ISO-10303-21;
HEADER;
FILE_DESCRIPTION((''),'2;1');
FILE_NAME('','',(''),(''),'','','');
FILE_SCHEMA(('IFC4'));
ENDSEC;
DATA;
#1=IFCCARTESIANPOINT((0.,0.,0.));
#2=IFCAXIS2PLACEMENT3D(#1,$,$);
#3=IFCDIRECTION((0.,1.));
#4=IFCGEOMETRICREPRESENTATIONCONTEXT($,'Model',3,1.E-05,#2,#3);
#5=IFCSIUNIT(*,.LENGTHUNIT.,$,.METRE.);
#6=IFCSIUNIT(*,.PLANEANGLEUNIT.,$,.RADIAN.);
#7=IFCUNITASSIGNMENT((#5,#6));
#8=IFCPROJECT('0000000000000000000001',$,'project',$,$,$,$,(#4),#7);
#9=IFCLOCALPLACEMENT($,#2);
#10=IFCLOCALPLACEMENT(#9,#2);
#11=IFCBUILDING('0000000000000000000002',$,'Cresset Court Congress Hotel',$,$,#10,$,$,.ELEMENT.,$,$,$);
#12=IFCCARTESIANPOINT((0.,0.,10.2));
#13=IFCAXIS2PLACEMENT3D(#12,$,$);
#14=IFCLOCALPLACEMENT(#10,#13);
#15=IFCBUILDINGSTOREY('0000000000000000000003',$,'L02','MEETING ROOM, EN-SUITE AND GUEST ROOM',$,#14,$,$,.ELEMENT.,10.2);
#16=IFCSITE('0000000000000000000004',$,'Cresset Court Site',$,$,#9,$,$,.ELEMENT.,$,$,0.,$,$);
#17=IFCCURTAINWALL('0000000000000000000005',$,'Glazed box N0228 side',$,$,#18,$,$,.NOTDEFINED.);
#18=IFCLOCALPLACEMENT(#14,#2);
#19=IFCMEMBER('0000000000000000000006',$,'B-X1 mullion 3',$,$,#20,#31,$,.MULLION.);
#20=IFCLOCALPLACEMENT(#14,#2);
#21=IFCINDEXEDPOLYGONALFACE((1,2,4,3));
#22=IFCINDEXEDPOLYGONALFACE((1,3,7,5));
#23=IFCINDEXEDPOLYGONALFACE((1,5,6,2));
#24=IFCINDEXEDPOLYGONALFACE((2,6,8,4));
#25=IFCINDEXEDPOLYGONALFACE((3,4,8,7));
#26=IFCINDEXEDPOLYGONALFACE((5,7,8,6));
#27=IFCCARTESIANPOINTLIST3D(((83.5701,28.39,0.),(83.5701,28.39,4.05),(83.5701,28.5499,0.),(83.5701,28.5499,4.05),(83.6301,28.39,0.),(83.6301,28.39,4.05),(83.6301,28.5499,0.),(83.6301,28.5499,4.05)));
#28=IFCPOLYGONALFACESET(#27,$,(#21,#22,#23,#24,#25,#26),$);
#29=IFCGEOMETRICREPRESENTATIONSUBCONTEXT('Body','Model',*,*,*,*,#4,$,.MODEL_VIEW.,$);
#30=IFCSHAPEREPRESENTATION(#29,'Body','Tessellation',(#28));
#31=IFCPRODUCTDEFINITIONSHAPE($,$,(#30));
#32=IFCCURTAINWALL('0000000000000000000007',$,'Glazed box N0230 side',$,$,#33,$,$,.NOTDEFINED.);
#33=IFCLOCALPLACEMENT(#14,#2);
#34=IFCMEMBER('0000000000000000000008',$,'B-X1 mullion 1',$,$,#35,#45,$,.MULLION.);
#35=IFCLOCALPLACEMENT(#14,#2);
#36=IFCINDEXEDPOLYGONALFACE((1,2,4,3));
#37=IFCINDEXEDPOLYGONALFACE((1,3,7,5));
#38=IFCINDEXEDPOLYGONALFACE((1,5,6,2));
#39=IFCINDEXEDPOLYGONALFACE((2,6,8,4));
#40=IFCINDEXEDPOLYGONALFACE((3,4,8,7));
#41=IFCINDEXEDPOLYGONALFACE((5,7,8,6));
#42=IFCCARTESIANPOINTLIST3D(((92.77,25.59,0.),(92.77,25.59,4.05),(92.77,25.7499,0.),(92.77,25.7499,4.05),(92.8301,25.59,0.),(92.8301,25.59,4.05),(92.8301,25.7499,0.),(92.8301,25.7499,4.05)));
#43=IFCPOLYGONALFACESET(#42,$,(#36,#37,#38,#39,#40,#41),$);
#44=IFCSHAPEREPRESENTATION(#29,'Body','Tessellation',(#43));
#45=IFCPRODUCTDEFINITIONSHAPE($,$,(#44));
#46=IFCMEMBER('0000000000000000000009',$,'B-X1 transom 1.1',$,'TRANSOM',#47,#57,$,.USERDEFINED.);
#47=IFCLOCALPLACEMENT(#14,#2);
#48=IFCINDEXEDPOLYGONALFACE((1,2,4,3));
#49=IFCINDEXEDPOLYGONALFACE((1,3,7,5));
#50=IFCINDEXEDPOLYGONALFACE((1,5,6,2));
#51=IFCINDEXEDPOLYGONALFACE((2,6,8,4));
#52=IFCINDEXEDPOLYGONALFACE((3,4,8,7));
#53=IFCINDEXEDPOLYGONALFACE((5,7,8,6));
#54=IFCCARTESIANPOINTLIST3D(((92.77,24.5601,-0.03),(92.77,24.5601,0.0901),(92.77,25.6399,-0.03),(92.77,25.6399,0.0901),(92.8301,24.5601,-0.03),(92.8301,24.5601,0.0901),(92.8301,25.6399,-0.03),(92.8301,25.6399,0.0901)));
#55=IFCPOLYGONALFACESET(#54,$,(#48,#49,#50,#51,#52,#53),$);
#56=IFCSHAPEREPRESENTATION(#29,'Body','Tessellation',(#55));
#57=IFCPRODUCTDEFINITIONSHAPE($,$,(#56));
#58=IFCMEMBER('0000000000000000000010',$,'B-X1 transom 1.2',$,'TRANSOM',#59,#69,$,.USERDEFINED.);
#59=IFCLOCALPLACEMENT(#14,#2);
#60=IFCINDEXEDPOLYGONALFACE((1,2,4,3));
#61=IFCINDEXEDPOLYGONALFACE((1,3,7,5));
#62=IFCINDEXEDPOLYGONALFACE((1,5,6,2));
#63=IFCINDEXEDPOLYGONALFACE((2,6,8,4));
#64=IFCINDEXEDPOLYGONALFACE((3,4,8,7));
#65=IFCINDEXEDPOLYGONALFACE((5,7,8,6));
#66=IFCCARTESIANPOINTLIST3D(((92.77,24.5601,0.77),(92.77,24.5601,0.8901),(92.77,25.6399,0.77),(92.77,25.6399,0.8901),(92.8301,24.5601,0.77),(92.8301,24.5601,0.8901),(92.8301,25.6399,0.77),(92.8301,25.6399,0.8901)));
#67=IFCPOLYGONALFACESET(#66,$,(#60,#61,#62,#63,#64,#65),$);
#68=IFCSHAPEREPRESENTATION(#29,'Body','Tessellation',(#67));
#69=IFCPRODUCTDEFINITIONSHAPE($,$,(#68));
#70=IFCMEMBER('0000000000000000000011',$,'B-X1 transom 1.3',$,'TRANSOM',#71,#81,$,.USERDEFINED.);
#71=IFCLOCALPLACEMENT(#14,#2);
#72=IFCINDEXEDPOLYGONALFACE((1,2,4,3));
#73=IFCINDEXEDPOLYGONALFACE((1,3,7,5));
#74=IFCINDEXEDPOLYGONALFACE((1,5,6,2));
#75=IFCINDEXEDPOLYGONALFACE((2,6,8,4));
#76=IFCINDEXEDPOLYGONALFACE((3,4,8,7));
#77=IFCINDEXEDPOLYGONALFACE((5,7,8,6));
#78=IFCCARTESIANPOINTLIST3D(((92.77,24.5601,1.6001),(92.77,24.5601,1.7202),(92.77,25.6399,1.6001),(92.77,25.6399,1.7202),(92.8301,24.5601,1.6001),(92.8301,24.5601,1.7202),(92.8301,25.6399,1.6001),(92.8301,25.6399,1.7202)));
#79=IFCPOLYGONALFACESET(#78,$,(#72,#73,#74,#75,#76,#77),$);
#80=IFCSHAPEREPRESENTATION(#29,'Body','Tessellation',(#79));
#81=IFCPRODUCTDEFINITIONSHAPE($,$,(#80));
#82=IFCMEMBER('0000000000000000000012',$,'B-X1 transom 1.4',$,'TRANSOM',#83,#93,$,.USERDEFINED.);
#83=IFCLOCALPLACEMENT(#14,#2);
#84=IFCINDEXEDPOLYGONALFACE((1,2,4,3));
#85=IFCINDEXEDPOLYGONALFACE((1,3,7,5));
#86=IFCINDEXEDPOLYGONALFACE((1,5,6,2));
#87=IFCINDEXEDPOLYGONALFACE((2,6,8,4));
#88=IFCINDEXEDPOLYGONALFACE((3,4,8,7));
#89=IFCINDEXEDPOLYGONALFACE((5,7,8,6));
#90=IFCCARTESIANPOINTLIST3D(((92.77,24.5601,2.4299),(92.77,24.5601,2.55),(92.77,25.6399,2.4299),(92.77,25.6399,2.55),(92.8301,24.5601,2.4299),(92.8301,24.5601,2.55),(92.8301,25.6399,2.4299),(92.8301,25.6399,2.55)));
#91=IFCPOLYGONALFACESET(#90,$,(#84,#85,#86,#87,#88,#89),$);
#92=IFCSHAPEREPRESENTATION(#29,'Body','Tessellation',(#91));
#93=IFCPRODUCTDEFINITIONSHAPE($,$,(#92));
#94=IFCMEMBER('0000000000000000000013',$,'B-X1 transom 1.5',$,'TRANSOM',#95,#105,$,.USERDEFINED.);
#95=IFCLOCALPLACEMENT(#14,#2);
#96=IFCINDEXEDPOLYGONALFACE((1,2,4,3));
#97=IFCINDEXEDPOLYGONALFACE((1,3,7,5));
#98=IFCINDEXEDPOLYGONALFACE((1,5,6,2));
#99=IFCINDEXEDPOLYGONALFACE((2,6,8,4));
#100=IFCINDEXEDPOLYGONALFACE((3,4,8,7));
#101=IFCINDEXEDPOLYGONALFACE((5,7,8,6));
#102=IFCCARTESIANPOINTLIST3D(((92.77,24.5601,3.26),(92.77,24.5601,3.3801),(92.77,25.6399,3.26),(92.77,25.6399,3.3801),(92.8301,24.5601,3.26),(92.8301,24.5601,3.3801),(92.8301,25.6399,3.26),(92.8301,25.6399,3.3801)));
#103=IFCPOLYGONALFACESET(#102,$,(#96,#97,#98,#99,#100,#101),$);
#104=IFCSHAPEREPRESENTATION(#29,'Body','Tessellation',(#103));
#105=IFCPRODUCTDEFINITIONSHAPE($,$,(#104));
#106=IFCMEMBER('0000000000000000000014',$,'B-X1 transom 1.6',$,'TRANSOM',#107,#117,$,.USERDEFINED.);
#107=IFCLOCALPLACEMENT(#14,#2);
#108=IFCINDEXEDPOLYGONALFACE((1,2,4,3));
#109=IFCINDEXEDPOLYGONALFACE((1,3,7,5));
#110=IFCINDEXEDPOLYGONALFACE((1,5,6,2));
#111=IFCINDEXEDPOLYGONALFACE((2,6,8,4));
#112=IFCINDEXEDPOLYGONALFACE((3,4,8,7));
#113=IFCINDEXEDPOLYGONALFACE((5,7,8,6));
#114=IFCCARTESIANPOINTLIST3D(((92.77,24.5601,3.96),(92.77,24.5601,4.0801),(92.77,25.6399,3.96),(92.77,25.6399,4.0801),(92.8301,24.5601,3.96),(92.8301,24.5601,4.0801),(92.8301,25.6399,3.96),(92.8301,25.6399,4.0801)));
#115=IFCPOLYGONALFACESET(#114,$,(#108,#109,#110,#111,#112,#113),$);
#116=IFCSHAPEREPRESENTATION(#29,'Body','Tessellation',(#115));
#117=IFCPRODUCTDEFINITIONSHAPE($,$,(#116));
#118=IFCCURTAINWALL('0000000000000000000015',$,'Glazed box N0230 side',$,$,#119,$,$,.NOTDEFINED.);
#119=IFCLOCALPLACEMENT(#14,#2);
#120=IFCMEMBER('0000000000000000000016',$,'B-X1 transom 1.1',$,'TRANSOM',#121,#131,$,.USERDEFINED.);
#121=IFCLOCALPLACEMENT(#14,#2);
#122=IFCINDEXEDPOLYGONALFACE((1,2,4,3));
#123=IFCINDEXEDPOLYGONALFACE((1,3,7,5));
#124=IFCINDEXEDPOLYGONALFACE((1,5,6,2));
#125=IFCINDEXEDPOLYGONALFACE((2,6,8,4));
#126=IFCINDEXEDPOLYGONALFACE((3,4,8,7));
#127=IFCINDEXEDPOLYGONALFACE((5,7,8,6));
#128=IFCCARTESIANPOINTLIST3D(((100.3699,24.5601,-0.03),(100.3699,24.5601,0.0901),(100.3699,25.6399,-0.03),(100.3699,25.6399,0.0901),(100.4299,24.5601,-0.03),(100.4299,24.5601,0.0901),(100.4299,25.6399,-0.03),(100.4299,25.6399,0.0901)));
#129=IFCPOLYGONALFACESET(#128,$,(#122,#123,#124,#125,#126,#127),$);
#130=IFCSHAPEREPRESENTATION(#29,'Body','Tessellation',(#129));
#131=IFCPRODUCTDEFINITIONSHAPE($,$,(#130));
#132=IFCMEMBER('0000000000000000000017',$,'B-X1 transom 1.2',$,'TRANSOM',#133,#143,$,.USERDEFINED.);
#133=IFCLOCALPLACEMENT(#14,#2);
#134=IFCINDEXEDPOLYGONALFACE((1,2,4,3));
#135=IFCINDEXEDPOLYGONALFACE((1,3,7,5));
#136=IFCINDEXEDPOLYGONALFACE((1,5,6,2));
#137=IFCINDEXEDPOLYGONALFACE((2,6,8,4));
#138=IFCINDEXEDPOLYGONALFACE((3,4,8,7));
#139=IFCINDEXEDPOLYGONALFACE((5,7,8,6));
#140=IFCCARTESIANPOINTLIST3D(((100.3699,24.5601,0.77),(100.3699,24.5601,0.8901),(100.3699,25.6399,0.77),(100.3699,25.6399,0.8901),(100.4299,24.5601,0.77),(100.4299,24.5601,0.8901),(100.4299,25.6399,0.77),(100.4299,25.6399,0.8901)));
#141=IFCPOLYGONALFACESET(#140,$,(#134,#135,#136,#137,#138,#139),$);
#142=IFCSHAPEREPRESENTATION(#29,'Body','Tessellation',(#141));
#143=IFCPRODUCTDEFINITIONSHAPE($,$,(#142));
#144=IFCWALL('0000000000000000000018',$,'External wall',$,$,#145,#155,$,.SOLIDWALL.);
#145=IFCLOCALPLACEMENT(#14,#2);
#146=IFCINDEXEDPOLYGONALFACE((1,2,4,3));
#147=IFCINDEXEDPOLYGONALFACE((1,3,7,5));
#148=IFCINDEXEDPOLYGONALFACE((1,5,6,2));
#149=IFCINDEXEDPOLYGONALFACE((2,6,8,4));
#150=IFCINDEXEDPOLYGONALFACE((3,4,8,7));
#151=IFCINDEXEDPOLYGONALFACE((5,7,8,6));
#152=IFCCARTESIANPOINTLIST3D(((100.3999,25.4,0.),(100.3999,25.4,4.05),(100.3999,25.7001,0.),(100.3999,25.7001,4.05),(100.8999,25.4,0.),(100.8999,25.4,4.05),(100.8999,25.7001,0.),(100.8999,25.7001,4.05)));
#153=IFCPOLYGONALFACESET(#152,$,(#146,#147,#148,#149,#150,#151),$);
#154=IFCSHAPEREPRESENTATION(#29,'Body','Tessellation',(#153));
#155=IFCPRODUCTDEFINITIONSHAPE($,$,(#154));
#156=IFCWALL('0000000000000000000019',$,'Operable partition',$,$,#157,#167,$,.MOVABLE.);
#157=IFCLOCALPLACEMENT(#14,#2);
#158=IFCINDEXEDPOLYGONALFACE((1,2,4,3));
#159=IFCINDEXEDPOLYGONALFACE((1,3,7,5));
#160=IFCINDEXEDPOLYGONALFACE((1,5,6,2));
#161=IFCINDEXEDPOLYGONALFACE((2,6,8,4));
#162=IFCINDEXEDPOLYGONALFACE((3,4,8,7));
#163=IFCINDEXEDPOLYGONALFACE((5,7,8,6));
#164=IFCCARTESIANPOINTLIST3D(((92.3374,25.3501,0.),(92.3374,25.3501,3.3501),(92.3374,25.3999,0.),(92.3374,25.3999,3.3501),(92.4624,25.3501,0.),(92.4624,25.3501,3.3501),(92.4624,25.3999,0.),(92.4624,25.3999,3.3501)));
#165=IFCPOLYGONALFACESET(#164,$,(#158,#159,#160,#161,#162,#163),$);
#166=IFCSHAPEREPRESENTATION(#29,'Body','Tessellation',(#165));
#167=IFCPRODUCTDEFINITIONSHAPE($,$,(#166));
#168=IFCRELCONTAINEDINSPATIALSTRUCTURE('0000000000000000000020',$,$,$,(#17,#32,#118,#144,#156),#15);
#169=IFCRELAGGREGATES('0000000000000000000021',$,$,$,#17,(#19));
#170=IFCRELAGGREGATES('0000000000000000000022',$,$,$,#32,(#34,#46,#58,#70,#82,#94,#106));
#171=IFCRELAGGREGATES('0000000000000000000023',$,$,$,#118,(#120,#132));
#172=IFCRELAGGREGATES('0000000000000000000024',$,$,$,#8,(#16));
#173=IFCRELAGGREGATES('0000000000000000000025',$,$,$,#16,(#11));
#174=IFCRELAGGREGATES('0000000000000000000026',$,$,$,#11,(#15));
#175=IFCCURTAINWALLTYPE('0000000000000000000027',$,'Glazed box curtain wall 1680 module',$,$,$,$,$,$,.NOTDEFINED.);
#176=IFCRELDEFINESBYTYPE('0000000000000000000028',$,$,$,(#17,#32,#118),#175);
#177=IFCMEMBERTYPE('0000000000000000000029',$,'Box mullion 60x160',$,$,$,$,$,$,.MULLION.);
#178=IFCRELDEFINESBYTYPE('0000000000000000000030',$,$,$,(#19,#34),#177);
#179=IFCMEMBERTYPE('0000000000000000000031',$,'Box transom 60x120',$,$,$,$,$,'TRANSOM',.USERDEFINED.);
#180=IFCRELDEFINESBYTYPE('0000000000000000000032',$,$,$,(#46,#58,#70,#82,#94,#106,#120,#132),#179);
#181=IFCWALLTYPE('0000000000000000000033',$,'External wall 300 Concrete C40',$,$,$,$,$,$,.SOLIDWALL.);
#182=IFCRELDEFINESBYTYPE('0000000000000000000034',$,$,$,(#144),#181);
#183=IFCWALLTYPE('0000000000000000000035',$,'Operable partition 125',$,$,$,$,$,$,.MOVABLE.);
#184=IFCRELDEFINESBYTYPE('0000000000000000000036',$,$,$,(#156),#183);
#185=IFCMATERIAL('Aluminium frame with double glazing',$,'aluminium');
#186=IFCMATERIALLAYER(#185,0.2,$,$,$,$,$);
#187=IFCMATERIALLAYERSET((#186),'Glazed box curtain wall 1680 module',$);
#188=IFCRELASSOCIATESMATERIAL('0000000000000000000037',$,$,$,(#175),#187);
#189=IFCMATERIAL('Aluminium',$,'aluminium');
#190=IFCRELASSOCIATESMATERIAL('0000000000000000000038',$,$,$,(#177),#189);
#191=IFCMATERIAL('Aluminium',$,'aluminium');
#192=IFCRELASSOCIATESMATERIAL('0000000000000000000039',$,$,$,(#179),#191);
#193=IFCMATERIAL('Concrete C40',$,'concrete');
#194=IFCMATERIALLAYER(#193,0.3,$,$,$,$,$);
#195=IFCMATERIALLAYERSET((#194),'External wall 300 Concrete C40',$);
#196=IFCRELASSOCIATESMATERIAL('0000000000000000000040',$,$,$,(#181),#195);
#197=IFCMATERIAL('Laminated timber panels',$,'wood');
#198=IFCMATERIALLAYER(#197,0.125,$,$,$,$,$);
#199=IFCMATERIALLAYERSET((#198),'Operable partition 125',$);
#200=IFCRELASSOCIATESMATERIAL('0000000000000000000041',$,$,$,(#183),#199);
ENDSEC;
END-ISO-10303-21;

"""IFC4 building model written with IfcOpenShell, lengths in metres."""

from ifc_helpers import new_model, si_unit, direction, frame, frame_2d, origin, origin_2d, place, context, subcontext, project, spatial, rectangle, extrude, material, layer, layer_set, material_profile, profile_set, type_object, element, aggregate, save


model = new_model("IFC4")

# Units and contexts
model_context = context("Model", 3, precision=1e-05, world=origin(), true_north=direction((0.0, 1.0)))
body_context = subcontext(model_context, "Body", "Model", "MODEL_VIEW")
ifc_project = project(units=[si_unit("LENGTHUNIT", "METRE"), si_unit("PLANEANGLEUNIT", "RADIAN")], contexts=[model_context])

# Site, building, storey
site_placement = place(None, origin())
site = spatial("IfcSite", under=ifc_project, at=site_placement, Name="Cresset Court Site", CompositionType="ELEMENT", RefElevation=0.0)
building_placement = place(site_placement, origin())
building = spatial("IfcBuilding", under=site, at=building_placement, Name="Cresset Court Congress Hotel", CompositionType="ELEMENT")
storey_placement = place(building_placement, frame((0.0, 0.0, 10.2)))
storey = spatial("IfcBuildingStorey", under=building, at=storey_placement, Name="L02", Description="MEETING ROOM, EN-SUITE AND GUEST ROOM", CompositionType="ELEMENT", Elevation=10.2)

# Curtain wall, member
ifc_material_1 = material(Name="Aluminium frame with double glazing", Category="aluminium")
ifc_layer_1 = layer(ifc_material_1, 0.2)
ifc_layer_set_1 = layer_set([ifc_layer_1], Name="Glazed box curtain wall 1680 module")
curtain_wall_type = type_object("IfcCurtainWallType", Name="Glazed box curtain wall 1680 module", PredefinedType="NOTDEFINED", material=ifc_layer_set_1)
curtain_wall_1_placement = place(storey_placement, origin())
curtain_wall_1 = element("IfcCurtainWall", 1, at=curtain_wall_1_placement, inside=storey, type_object=curtain_wall_type, Name="Glazed box N0228 side", PredefinedType="NOTDEFINED")
ifc_material_2 = material(Name="Aluminium", Category="aluminium")
ifc_material_profile_1 = material_profile(ifc_material_2, rectangle(XDim=0.0601, YDim=0.1599, at=origin_2d()), Name="Box mullion 60x160")
ifc_profile_set_1 = profile_set([ifc_material_profile_1], Name="Aluminium")
member_type_1 = type_object("IfcMemberType", Name="Box mullion 60x160", PredefinedType="MULLION", material=ifc_profile_set_1)
member_1_placement = place(storey_placement, frame((83.6001, 28.47, 0.0), z_axis=(0.0, 0.0, 1.0), x_axis=(-1.0, 0.0, 0.0)))
member_1 = element("IfcMember", 2, at=member_1_placement, type_object=member_type_1, Name="B-X1 mullion 3", PredefinedType="MULLION", context=body_context, shape_type="SweptSolid", body=[
    extrude(rectangle(XDim=0.0601, YDim=0.1599, at=origin_2d()), origin(), (0.0, 0.0, 1.0), 4.05),
])
aggregate(curtain_wall_1, [member_1])

# Curtain walls, members
curtain_wall_2_placement = place(storey_placement, origin())
curtain_wall_2 = element("IfcCurtainWall", 3, at=curtain_wall_2_placement, inside=storey, type_object=curtain_wall_type, Name="Glazed box N0230 side", PredefinedType="NOTDEFINED")
member_2_placement = place(storey_placement, frame((92.8, 25.6699, 0.0), z_axis=(0.0, 0.0, 1.0), x_axis=(1.0, 0.0, 0.0)))
member_2 = element("IfcMember", 4, at=member_2_placement, type_object=member_type_1, Name="B-X1 mullion 1", PredefinedType="MULLION", context=body_context, shape_type="SweptSolid", body=[
    extrude(rectangle(XDim=0.0601, YDim=0.1599, at=origin_2d()), origin(), (0.0, 0.0, 1.0), 4.05),
])
ifc_material_3 = material(Name="Aluminium", Category="aluminium")
ifc_material_profile_2 = material_profile(ifc_material_3, rectangle(XDim=0.0601, YDim=0.1201, at=origin_2d()), Name="Box transom 60x120")
ifc_profile_set_2 = profile_set([ifc_material_profile_2], Name="Aluminium")
member_type_2 = type_object("IfcMemberType", Name="Box transom 60x120", ElementType="TRANSOM", PredefinedType="USERDEFINED", material=ifc_profile_set_2)
member_3_placement = place(storey_placement, frame((92.8, 25.6399, 0.03), z_axis=(0.0, -1.0, 0.0), x_axis=(1.0, 0.0, 0.0)))
member_3 = element("IfcMember", 5, at=member_3_placement, type_object=member_type_2, Name="B-X1 transom 1.1", ObjectType="TRANSOM", PredefinedType="USERDEFINED", context=body_context, shape_type="SweptSolid", body=[
    extrude(rectangle(XDim=0.0601, YDim=0.1201, at=origin_2d()), origin(), (0.0, 0.0, 1.0), 1.0798),
])
member_4_placement = place(storey_placement, frame((92.8, 25.6399, 0.8301), z_axis=(0.0, -1.0, 0.0), x_axis=(1.0, 0.0, 0.0)))
member_4 = element("IfcMember", 6, at=member_4_placement, type_object=member_type_2, Name="B-X1 transom 1.2", ObjectType="TRANSOM", PredefinedType="USERDEFINED", context=body_context, shape_type="SweptSolid", body=[
    extrude(rectangle(XDim=0.0601, YDim=0.1201, at=origin_2d()), origin(), (0.0, 0.0, 1.0), 1.0798),
])
member_5_placement = place(storey_placement, frame((92.8, 25.6399, 1.6602), z_axis=(0.0, -1.0, 0.0), x_axis=(1.0, 0.0, 0.0)))
member_5 = element("IfcMember", 7, at=member_5_placement, type_object=member_type_2, Name="B-X1 transom 1.3", ObjectType="TRANSOM", PredefinedType="USERDEFINED", context=body_context, shape_type="SweptSolid", body=[
    extrude(rectangle(XDim=0.0601, YDim=0.1201, at=origin_2d()), origin(), (0.0, 0.0, 1.0), 1.0798),
])
member_6_placement = place(storey_placement, frame((92.8, 25.6399, 2.49), z_axis=(0.0, -1.0, 0.0), x_axis=(1.0, 0.0, 0.0)))
member_6 = element("IfcMember", 8, at=member_6_placement, type_object=member_type_2, Name="B-X1 transom 1.4", ObjectType="TRANSOM", PredefinedType="USERDEFINED", context=body_context, shape_type="SweptSolid", body=[
    extrude(rectangle(XDim=0.0601, YDim=0.1201, at=origin_2d()), origin(), (0.0, 0.0, 1.0), 1.0798),
])
member_7_placement = place(storey_placement, frame((92.8, 25.6399, 3.3201), z_axis=(0.0, -1.0, 0.0), x_axis=(1.0, 0.0, 0.0)))
member_7 = element("IfcMember", 9, at=member_7_placement, type_object=member_type_2, Name="B-X1 transom 1.5", ObjectType="TRANSOM", PredefinedType="USERDEFINED", context=body_context, shape_type="SweptSolid", body=[
    extrude(rectangle(XDim=0.0601, YDim=0.1201, at=origin_2d()), origin(), (0.0, 0.0, 1.0), 1.0798),
])
member_8_placement = place(storey_placement, frame((92.8, 25.6399, 4.02), z_axis=(0.0, -1.0, 0.0), x_axis=(1.0, 0.0, 0.0)))
member_8 = element("IfcMember", 10, at=member_8_placement, type_object=member_type_2, Name="B-X1 transom 1.6", ObjectType="TRANSOM", PredefinedType="USERDEFINED", context=body_context, shape_type="SweptSolid", body=[
    extrude(rectangle(XDim=0.0601, YDim=0.1201, at=origin_2d()), origin(), (0.0, 0.0, 1.0), 1.0798),
])
aggregate(curtain_wall_2, [member_2, member_3, member_4, member_5, member_6, member_7, member_8])
curtain_wall_3_placement = place(storey_placement, origin())
curtain_wall_3 = element("IfcCurtainWall", 11, at=curtain_wall_3_placement, inside=storey, type_object=curtain_wall_type, Name="Glazed box N0230 side", PredefinedType="NOTDEFINED")
member_9_placement = place(storey_placement, frame((100.3999, 25.6399, 0.03), z_axis=(0.0, -1.0, 0.0), x_axis=(1.0, 0.0, 0.0)))
member_9 = element("IfcMember", 12, at=member_9_placement, type_object=member_type_2, Name="B-X1 transom 1.1", ObjectType="TRANSOM", PredefinedType="USERDEFINED", context=body_context, shape_type="SweptSolid", body=[
    extrude(rectangle(XDim=0.0601, YDim=0.1201, at=origin_2d()), origin(), (0.0, 0.0, 1.0), 1.0798),
])
member_10_placement = place(storey_placement, frame((100.3999, 25.6399, 0.8301), z_axis=(0.0, -1.0, 0.0), x_axis=(1.0, 0.0, 0.0)))
member_10 = element("IfcMember", 13, at=member_10_placement, type_object=member_type_2, Name="B-X1 transom 1.2", ObjectType="TRANSOM", PredefinedType="USERDEFINED", context=body_context, shape_type="SweptSolid", body=[
    extrude(rectangle(XDim=0.0601, YDim=0.1201, at=origin_2d()), origin(), (0.0, 0.0, 1.0), 1.0798),
])
aggregate(curtain_wall_3, [member_9, member_10])

# Walls
ifc_material_4 = material(Name="Concrete C40", Category="concrete")
ifc_layer_2 = layer(ifc_material_4, 0.3)
ifc_layer_set_2 = layer_set([ifc_layer_2], Name="External wall 300 Concrete C40")
wall_type_1 = type_object("IfcWallType", Name="External wall 300 Concrete C40", PredefinedType="SOLIDWALL", material=ifc_layer_set_2)
wall_1_placement = place(storey_placement, frame((100.3999, 25.55, 0.0), z_axis=(0.0, 0.0, 1.0), x_axis=(1.0, 0.0, 0.0)))
element("IfcWall", 14, at=wall_1_placement, inside=storey, type_object=wall_type_1, Name="External wall", PredefinedType="SOLIDWALL", context=body_context, shape_type="SweptSolid", body=[
    extrude(rectangle(XDim=0.5, YDim=0.3, at=frame_2d((0.25, 0.0))), origin(), (0.0, 0.0, 1.0), 4.05),
])
ifc_material_5 = material(Name="Laminated timber panels", Category="wood")
ifc_layer_3 = layer(ifc_material_5, 0.125)
ifc_layer_set_3 = layer_set([ifc_layer_3], Name="Operable partition 125")
wall_type_2 = type_object("IfcWallType", Name="Operable partition 125", PredefinedType="MOVABLE", material=ifc_layer_set_3)
wall_2_placement = place(storey_placement, frame((92.3999, 25.3501, 0.0), z_axis=(0.0, 0.0, 1.0), x_axis=(0.0, 1.0, 0.0)))
element("IfcWall", 15, at=wall_2_placement, inside=storey, type_object=wall_type_2, Name="Operable partition", PredefinedType="MOVABLE", context=body_context, shape_type="SweptSolid", body=[
    extrude(rectangle(XDim=0.0498, YDim=0.125, at=frame_2d((0.0249, 0.0))), origin(), (0.0, 0.0, 1.0), 3.3501),
])

save(model, "model.ifc")
